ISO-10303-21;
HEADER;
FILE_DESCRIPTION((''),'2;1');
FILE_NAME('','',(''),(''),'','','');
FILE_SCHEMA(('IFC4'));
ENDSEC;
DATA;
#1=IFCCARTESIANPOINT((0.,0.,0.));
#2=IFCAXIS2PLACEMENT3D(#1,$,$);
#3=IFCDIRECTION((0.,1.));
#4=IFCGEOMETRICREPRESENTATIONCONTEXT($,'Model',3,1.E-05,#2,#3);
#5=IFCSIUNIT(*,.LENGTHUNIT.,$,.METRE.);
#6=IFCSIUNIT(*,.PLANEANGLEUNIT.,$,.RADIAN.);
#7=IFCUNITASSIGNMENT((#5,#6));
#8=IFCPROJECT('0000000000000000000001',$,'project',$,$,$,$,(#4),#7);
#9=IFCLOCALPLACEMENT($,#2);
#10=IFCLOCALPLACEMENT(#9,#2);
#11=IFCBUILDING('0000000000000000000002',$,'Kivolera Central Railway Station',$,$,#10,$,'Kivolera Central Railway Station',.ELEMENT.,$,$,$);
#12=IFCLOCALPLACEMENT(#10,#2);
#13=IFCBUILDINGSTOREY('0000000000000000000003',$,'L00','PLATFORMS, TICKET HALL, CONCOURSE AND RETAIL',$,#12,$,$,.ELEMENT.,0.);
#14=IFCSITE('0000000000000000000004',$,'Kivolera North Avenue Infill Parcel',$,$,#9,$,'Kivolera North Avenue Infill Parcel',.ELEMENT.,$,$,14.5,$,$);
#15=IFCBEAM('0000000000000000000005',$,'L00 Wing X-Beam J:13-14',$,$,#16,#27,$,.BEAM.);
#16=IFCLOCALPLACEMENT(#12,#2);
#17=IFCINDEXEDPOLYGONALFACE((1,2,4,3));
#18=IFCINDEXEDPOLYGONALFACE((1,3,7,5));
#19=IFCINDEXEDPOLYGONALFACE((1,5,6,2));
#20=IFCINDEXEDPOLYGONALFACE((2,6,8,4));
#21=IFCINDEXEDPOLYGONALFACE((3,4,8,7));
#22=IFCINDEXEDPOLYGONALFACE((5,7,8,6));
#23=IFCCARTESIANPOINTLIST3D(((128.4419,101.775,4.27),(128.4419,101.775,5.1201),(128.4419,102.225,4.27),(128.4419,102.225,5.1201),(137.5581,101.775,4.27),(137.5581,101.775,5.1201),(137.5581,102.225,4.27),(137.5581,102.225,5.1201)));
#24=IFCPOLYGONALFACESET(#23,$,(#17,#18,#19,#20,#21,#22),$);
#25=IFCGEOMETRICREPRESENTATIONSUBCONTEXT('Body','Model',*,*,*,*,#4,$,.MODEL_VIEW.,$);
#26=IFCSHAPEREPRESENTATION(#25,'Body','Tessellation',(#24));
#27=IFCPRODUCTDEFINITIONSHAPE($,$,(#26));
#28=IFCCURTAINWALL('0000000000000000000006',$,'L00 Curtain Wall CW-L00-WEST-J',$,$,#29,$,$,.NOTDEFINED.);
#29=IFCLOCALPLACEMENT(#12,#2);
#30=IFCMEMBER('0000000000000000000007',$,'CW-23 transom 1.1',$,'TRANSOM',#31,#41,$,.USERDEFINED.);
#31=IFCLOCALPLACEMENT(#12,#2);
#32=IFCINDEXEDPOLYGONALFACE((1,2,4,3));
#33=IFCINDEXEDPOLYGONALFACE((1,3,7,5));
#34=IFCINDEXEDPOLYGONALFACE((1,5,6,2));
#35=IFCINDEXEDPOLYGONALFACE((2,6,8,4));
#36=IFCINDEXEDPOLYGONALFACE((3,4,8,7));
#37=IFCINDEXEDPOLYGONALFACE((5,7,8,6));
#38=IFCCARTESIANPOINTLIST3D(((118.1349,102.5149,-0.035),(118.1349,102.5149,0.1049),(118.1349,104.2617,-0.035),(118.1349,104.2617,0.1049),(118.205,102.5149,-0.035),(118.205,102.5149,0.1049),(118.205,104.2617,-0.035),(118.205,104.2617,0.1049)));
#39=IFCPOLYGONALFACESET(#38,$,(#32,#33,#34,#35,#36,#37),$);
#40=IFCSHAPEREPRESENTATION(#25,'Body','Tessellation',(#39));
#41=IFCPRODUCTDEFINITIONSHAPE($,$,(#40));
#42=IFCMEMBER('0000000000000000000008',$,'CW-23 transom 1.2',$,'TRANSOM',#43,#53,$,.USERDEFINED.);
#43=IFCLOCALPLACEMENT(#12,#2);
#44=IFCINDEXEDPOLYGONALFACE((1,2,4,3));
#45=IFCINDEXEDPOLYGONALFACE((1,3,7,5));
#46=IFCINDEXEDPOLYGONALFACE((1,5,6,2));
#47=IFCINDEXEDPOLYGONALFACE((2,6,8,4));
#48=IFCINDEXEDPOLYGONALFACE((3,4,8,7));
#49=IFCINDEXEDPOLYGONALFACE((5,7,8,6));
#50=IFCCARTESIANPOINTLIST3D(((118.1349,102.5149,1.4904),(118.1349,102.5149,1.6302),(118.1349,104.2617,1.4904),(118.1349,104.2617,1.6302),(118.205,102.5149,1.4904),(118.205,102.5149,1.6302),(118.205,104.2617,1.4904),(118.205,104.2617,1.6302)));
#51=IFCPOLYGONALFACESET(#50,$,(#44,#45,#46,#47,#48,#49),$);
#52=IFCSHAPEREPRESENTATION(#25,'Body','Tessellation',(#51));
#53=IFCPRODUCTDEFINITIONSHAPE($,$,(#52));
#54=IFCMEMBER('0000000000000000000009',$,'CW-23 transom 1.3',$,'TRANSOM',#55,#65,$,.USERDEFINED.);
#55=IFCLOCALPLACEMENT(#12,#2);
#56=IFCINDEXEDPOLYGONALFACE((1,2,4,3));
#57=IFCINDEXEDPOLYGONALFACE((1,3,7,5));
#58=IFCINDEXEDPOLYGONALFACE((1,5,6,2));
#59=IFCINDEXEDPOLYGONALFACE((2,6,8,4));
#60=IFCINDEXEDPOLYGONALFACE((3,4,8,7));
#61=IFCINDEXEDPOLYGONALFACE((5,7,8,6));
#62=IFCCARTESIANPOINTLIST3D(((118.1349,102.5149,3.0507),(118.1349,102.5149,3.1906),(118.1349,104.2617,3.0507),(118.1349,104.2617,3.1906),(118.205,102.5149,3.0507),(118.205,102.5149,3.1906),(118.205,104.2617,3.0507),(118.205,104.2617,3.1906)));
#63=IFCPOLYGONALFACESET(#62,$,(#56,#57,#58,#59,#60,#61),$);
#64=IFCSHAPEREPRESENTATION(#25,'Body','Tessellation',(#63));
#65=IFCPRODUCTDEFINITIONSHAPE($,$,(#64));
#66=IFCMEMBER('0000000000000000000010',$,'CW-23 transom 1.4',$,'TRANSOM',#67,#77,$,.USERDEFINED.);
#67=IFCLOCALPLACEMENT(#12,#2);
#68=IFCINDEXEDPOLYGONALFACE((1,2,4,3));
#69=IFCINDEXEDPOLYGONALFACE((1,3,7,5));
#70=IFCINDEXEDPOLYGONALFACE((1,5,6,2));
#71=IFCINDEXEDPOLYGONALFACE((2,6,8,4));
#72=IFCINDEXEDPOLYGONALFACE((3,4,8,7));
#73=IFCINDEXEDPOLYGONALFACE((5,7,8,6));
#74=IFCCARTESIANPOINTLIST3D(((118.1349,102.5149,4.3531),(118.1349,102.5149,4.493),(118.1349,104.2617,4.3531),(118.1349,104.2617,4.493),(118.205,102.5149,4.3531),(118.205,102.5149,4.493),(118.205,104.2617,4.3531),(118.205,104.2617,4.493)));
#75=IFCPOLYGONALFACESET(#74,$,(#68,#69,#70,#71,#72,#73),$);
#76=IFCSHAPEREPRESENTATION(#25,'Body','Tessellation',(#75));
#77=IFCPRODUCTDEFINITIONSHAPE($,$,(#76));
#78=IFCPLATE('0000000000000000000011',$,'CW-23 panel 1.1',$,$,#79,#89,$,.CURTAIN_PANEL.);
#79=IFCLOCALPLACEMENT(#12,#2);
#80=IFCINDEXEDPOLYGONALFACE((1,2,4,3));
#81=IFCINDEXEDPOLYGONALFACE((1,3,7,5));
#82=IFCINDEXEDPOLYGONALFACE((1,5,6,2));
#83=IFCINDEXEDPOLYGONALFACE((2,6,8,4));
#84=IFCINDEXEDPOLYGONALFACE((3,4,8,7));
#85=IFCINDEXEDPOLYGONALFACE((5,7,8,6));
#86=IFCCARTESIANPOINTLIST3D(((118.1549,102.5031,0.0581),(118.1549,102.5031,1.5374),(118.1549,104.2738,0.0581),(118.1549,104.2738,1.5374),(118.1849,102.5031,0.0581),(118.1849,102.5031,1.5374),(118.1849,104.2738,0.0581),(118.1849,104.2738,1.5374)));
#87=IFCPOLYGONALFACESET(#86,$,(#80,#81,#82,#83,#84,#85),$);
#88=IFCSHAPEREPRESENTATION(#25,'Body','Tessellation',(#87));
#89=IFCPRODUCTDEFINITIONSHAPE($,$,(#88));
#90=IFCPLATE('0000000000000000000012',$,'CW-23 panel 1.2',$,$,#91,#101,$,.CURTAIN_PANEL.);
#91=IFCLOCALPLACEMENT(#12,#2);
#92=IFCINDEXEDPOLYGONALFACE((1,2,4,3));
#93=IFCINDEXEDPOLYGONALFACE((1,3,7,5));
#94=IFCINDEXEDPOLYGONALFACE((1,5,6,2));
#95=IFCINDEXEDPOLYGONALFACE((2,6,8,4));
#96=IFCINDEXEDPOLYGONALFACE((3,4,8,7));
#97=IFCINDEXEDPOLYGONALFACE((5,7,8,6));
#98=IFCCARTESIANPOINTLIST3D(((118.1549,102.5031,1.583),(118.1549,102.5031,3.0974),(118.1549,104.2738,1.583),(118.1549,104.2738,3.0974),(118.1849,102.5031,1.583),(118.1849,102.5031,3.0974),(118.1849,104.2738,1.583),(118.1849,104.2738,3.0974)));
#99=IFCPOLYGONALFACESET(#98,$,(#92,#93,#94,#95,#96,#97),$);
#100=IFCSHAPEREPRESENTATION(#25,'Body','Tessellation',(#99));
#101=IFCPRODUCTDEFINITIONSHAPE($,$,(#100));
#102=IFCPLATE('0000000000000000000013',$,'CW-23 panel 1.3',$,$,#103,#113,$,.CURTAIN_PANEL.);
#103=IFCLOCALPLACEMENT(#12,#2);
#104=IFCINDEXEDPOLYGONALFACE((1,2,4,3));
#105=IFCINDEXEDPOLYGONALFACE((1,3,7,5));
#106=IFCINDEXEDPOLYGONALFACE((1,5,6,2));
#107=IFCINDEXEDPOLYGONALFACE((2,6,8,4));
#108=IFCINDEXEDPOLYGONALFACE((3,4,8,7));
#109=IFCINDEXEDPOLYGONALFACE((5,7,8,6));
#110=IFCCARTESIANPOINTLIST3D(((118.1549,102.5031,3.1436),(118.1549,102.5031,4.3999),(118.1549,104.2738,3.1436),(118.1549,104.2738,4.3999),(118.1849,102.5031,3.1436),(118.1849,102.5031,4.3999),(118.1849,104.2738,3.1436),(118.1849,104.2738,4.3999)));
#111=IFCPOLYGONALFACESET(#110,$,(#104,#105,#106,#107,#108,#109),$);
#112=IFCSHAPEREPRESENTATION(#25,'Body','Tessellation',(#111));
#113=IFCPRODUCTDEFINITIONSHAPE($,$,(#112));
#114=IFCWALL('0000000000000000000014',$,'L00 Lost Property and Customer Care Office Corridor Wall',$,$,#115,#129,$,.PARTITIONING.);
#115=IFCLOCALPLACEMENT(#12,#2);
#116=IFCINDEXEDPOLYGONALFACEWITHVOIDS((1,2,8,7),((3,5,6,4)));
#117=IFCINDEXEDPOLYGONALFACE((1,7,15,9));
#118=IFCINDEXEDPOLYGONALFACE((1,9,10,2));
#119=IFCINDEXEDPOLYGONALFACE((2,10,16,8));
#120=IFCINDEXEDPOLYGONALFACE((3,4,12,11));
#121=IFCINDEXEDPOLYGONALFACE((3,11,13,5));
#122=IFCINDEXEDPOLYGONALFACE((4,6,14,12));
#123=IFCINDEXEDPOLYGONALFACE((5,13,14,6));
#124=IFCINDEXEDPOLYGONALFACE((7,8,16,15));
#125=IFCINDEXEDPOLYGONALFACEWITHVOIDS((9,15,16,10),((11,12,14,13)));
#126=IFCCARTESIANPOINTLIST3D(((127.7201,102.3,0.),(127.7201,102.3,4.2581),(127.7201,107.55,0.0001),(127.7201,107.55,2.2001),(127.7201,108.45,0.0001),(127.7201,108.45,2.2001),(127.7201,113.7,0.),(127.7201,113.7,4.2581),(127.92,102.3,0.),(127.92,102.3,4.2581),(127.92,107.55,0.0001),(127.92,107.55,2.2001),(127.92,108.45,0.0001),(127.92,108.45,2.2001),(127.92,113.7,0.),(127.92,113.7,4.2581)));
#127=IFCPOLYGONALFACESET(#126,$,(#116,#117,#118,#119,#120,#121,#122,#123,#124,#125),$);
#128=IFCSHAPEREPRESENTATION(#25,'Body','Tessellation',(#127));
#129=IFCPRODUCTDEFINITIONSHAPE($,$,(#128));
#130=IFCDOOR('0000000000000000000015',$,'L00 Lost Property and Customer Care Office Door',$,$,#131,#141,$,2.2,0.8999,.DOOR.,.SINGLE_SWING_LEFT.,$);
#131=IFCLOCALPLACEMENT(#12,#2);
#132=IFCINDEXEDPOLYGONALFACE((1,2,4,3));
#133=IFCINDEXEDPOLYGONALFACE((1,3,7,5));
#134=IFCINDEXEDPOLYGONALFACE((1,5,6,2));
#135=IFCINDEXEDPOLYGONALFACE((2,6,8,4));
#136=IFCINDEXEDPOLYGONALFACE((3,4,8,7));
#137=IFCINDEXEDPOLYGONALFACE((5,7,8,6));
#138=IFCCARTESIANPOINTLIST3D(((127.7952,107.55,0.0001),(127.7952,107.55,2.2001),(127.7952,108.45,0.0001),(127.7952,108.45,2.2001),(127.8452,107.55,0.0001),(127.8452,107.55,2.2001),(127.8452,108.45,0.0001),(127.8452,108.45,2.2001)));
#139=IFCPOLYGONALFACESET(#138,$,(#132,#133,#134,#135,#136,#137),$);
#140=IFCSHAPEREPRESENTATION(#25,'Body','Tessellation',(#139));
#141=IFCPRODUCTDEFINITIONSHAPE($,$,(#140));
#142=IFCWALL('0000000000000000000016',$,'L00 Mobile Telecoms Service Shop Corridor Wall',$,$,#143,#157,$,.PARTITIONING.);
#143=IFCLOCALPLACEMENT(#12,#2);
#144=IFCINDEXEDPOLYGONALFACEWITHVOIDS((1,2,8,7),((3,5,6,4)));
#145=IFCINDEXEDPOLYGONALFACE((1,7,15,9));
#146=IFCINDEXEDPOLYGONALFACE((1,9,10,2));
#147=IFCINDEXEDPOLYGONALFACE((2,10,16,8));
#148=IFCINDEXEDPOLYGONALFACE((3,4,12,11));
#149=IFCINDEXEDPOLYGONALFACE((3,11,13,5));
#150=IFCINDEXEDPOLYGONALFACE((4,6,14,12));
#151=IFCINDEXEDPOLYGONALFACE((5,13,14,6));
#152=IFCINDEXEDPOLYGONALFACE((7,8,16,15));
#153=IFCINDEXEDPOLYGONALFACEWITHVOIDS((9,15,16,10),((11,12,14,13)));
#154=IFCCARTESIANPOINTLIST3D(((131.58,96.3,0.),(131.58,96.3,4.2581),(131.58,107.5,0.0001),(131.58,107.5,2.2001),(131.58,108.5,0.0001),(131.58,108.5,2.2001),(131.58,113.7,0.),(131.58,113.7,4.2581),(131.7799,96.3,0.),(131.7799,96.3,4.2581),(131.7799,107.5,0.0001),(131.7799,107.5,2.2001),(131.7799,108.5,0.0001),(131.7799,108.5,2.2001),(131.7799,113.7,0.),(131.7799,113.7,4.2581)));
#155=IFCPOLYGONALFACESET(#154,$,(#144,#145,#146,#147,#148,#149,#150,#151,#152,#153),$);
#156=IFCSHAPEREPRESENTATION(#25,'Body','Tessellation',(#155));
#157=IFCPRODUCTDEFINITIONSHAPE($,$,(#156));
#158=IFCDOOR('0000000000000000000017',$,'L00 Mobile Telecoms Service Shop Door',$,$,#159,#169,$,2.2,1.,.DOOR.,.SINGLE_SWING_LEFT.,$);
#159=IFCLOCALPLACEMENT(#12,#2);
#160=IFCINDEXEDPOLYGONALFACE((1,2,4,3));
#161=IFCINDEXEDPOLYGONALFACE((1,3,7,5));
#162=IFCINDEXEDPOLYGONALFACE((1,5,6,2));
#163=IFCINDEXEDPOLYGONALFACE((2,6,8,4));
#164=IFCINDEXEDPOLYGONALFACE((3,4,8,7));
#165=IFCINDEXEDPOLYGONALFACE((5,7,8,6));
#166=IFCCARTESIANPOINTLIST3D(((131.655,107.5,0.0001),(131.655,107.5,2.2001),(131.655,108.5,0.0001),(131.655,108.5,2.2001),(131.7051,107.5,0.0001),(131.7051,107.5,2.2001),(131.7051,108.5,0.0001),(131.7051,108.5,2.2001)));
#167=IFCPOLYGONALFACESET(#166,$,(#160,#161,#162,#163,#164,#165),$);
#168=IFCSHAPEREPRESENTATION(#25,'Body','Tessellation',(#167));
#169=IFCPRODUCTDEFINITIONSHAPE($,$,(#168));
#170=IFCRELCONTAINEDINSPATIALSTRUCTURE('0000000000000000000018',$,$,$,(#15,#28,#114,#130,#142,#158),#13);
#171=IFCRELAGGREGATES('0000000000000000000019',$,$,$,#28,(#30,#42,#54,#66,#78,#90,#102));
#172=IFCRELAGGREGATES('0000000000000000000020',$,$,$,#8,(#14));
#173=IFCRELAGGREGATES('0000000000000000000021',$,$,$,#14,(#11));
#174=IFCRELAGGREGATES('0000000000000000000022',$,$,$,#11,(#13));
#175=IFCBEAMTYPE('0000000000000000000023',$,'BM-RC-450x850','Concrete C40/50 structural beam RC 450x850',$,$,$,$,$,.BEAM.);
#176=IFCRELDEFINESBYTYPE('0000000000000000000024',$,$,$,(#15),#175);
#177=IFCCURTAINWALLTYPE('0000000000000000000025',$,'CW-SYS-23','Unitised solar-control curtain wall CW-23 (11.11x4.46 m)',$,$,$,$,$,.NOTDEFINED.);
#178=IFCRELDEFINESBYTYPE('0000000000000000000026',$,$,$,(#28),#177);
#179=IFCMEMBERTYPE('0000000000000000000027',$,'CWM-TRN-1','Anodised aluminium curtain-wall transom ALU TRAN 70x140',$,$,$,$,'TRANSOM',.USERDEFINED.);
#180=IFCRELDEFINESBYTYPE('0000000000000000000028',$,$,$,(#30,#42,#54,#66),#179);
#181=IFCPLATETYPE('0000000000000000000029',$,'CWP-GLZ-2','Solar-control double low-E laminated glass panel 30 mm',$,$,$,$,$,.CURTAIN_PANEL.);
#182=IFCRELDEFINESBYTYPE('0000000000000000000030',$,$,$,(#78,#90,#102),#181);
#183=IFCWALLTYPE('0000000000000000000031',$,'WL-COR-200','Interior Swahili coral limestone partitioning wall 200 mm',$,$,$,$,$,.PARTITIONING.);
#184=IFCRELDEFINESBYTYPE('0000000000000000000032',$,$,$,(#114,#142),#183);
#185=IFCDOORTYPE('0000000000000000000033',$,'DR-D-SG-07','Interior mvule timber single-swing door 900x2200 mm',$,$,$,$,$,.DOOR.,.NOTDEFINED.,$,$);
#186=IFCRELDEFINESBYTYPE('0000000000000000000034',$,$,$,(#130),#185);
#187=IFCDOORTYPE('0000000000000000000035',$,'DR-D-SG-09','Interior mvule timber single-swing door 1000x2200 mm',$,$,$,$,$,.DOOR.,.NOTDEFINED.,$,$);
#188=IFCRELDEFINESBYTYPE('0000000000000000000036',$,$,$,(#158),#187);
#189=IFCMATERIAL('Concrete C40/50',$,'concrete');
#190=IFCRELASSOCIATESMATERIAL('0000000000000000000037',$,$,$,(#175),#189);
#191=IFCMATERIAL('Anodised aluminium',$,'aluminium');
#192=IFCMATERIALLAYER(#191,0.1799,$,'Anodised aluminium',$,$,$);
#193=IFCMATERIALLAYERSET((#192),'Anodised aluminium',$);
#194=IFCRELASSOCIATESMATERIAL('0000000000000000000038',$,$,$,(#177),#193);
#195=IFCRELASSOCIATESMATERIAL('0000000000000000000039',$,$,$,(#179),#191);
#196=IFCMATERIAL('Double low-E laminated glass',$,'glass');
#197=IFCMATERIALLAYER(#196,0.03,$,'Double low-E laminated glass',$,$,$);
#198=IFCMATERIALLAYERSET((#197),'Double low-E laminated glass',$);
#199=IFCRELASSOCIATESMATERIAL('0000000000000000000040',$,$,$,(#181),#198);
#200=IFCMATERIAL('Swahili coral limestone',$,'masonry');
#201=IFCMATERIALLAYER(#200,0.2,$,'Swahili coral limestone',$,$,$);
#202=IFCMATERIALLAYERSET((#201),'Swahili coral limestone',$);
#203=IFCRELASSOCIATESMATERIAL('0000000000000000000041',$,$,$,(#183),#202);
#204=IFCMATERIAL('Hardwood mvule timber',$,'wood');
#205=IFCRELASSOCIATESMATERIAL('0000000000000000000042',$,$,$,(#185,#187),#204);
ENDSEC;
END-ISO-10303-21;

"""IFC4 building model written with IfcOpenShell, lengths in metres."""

from ifc_helpers import new_model, si_unit, direction, frame, frame_2d, origin, origin_2d, place, context, subcontext, project, spatial, rectangle, extrude, material, layer, layer_set, material_profile, profile_set, type_object, element, fill, aggregate, save


model = new_model("IFC4")

# Units and contexts
model_context = context("Model", 3, precision=1e-05, world=origin(), true_north=direction((0.0, 1.0)))
body_context = subcontext(model_context, "Body", "Model", "MODEL_VIEW")
ifc_project = project(units=[si_unit("LENGTHUNIT", "METRE"), si_unit("PLANEANGLEUNIT", "RADIAN")], contexts=[model_context])

# Site, building, storey
site_placement = place(None, origin())
site = spatial("IfcSite", under=ifc_project, at=site_placement, Name="Kivolera North Avenue Infill Parcel", LongName="Kivolera North Avenue Infill Parcel", CompositionType="ELEMENT", RefElevation=14.5)
building_placement = place(site_placement, origin())
building = spatial("IfcBuilding", under=site, at=building_placement, Name="Kivolera Central Railway Station", LongName="Kivolera Central Railway Station", CompositionType="ELEMENT")
storey_placement = place(building_placement, origin())
storey = spatial("IfcBuildingStorey", under=building, at=storey_placement, Name="L00", Description="PLATFORMS, TICKET HALL, CONCOURSE AND RETAIL", CompositionType="ELEMENT", Elevation=0.0)

# Shared definitions
ifc_material_1 = material(Name="Concrete C40/50", Category="concrete")

# Beam
ifc_material_profile_1 = material_profile(ifc_material_1, rectangle(XDim=0.45, YDim=0.8501, at=origin_2d()), Name="RC 450x850")
ifc_profile_set_1 = profile_set([ifc_material_profile_1], Name="Concrete C40/50")
beam_type_1 = type_object("IfcBeamType", Name="BM-RC-450x850", Description="Concrete C40/50 structural beam RC 450x850", PredefinedType="BEAM", material=ifc_profile_set_1)
for number, where, z_axis, x_axis, name in (
    (1, (128.4419, 102.0, 4.6951), (1.0, 0.0, 0.0), (0.0, 1.0, 0.0), "L00 Wing X-Beam J:13-14"),
):
    element("IfcBeam", number, at=place(storey_placement, frame(where, z_axis=z_axis, x_axis=x_axis)), inside=storey, type_object=beam_type_1, Name=name, PredefinedType="BEAM", context=body_context, shape_type="SweptSolid", body=[
        extrude(rectangle(XDim=0.45, YDim=0.8501, at=origin_2d()), origin(), (0.0, 0.0, 1.0), 9.1162),
    ])

# Curtain wall, members, plates
ifc_material_2 = material(Name="Anodised aluminium", Category="aluminium")
ifc_layer_1 = layer(ifc_material_2, 0.1799, Name="Anodised aluminium")
ifc_layer_set_1 = layer_set([ifc_layer_1], Name="Anodised aluminium")
curtain_wall_type = type_object("IfcCurtainWallType", Name="CW-SYS-23", Description="Unitised solar-control curtain wall CW-23 (11.11x4.46 m)", PredefinedType="NOTDEFINED", material=ifc_layer_set_1)
curtain_wall_placement = place(storey_placement, origin())
curtain_wall = element("IfcCurtainWall", 2, at=curtain_wall_placement, inside=storey, type_object=curtain_wall_type, Name="L00 Curtain Wall CW-L00-WEST-J", PredefinedType="NOTDEFINED")
ifc_material_profile_2 = material_profile(ifc_material_2, rectangle(XDim=0.0701, YDim=0.1399, at=origin_2d()), Name="ALU TRAN 70x140")
ifc_profile_set_2 = profile_set([ifc_material_profile_2], Name="Anodised aluminium")
member_type = type_object("IfcMemberType", Name="CWM-TRN-1", Description="Anodised aluminium curtain-wall transom ALU TRAN 70x140", ElementType="TRANSOM", PredefinedType="USERDEFINED", material=ifc_profile_set_2)
member_1_placement = place(storey_placement, frame((118.1699, 102.5149, 0.0349), z_axis=(0.0, 1.0, 0.0), x_axis=(-1.0, 0.0, 0.0)))
member_1 = element("IfcMember", 3, at=member_1_placement, type_object=member_type, Name="CW-23 transom 1.1", ObjectType="TRANSOM", PredefinedType="USERDEFINED", context=body_context, shape_type="SweptSolid", body=[
    extrude(rectangle(XDim=0.0701, YDim=0.1399, at=origin_2d()), origin(), (0.0, 0.0, 1.0), 1.7468),
])
member_2_placement = place(storey_placement, frame((118.1699, 102.5149, 1.5603), z_axis=(0.0, 1.0, 0.0), x_axis=(-1.0, 0.0, 0.0)))
member_2 = element("IfcMember", 4, at=member_2_placement, type_object=member_type, Name="CW-23 transom 1.2", ObjectType="TRANSOM", PredefinedType="USERDEFINED", context=body_context, shape_type="SweptSolid", body=[
    extrude(rectangle(XDim=0.0701, YDim=0.1399, at=origin_2d()), origin(), (0.0, 0.0, 1.0), 1.7468),
])
member_3_placement = place(storey_placement, frame((118.1699, 102.5149, 3.1206), z_axis=(0.0, 1.0, 0.0), x_axis=(-1.0, 0.0, 0.0)))
member_3 = element("IfcMember", 5, at=member_3_placement, type_object=member_type, Name="CW-23 transom 1.3", ObjectType="TRANSOM", PredefinedType="USERDEFINED", context=body_context, shape_type="SweptSolid", body=[
    extrude(rectangle(XDim=0.0701, YDim=0.1399, at=origin_2d()), origin(), (0.0, 0.0, 1.0), 1.7468),
])
member_4_placement = place(storey_placement, frame((118.1699, 102.5149, 4.4231), z_axis=(0.0, 1.0, 0.0), x_axis=(-1.0, 0.0, 0.0)))
member_4 = element("IfcMember", 6, at=member_4_placement, type_object=member_type, Name="CW-23 transom 1.4", ObjectType="TRANSOM", PredefinedType="USERDEFINED", context=body_context, shape_type="SweptSolid", body=[
    extrude(rectangle(XDim=0.0701, YDim=0.1399, at=origin_2d()), origin(), (0.0, 0.0, 1.0), 1.7468),
])
ifc_material_3 = material(Name="Double low-E laminated glass", Category="glass")
ifc_layer_2 = layer(ifc_material_3, 0.03, Name="Double low-E laminated glass")
ifc_layer_set_2 = layer_set([ifc_layer_2], Name="Double low-E laminated glass")
plate_type = type_object("IfcPlateType", Name="CWP-GLZ-2", Description="Solar-control double low-E laminated glass panel 30 mm", PredefinedType="CURTAIN_PANEL", material=ifc_layer_set_2)
plate_1_placement = place(storey_placement, frame((118.1699, 103.3884, 0.0581), z_axis=(0.0, 0.0, 1.0), x_axis=(0.0, 1.0, 0.0)))
plate_1 = element("IfcPlate", 7, at=plate_1_placement, type_object=plate_type, Name="CW-23 panel 1.1", PredefinedType="CURTAIN_PANEL", context=body_context, shape_type="SweptSolid", body=[
    extrude(rectangle(XDim=1.7708, YDim=0.03, at=origin_2d()), origin(), (0.0, 0.0, 1.0), 1.4792),
])
plate_2_placement = place(storey_placement, frame((118.1699, 103.3884, 1.583), z_axis=(0.0, 0.0, 1.0), x_axis=(0.0, 1.0, 0.0)))
plate_2 = element("IfcPlate", 8, at=plate_2_placement, type_object=plate_type, Name="CW-23 panel 1.2", PredefinedType="CURTAIN_PANEL", context=body_context, shape_type="SweptSolid", body=[
    extrude(rectangle(XDim=1.7708, YDim=0.03, at=origin_2d()), origin(), (0.0, 0.0, 1.0), 1.5144),
])
plate_3_placement = place(storey_placement, frame((118.1699, 103.3884, 3.1436), z_axis=(0.0, 0.0, 1.0), x_axis=(0.0, 1.0, 0.0)))
plate_3 = element("IfcPlate", 9, at=plate_3_placement, type_object=plate_type, Name="CW-23 panel 1.3", PredefinedType="CURTAIN_PANEL", context=body_context, shape_type="SweptSolid", body=[
    extrude(rectangle(XDim=1.7708, YDim=0.03, at=origin_2d()), origin(), (0.0, 0.0, 1.0), 1.2563),
])
aggregate(curtain_wall, [member_1, member_2, member_3, member_4, plate_1, plate_2, plate_3])

# Walls, openings, doors
ifc_material_4 = material(Name="Swahili coral limestone", Category="masonry")
ifc_layer_3 = layer(ifc_material_4, 0.2, Name="Swahili coral limestone")
ifc_layer_set_3 = layer_set([ifc_layer_3], Name="Swahili coral limestone")
wall_type_1 = type_object("IfcWallType", Name="WL-COR-200", Description="Interior Swahili coral limestone partitioning wall 200 mm", PredefinedType="PARTITIONING", material=ifc_layer_set_3)
wall_1_placement = place(storey_placement, frame((127.8201, 102.3, 0.0), z_axis=(0.0, 0.0, 1.0), x_axis=(0.0, 1.0, 0.0)))
wall_1 = element("IfcWall", 10, at=wall_1_placement, inside=storey, type_object=wall_type_1, Name="L00 Lost Property and Customer Care Office Corridor Wall", PredefinedType="PARTITIONING", context=body_context, shape_type="SweptSolid", body=[
    extrude(rectangle(XDim=11.3999, YDim=0.2, at=frame_2d((5.7, 0.0))), origin(), (0.0, 0.0, 1.0), 4.2581),
])
opening_1_placement = place(wall_1_placement, frame((5.25, 0.0, 0.0)))
opening_1 = element("IfcOpeningElement", 11, at=opening_1_placement, cuts=wall_1, PredefinedType="OPENING", context=body_context, shape_type="SweptSolid", body=[
    extrude(rectangle(XDim=0.8999, YDim=2.2, at=frame_2d((0.45, 1.1001))), frame((0.0, 0.1099, 0.0), z_axis=(0.0, -1.0, 0.0), x_axis=(1.0, 0.0, 0.0)), (0.0, 0.0, 1.0), 0.22),
])
ifc_material_5 = material(Name="Hardwood mvule timber", Category="wood")
door_type_1 = type_object("IfcDoorType", Name="DR-D-SG-07", Description="Interior mvule timber single-swing door 900x2200 mm", OperationType="NOTDEFINED", PredefinedType="DOOR", material=ifc_material_5)
door_1_placement = place(opening_1_placement, origin())
door_1 = element("IfcDoor", 12, at=door_1_placement, inside=storey, type_object=door_type_1, Name="L00 Lost Property and Customer Care Office Door", OperationType="SINGLE_SWING_LEFT", OverallHeight=2.2, OverallWidth=0.8999, PredefinedType="DOOR", context=body_context, shape_type="SweptSolid", body=[
    extrude(rectangle(XDim=0.8999, YDim=2.2, at=frame_2d((0.45, 1.1001))), frame((0.0, 0.0249, 0.0), z_axis=(0.0, -1.0, 0.0), x_axis=(1.0, 0.0, 0.0)), (0.0, 0.0, 1.0), 0.05),
])
fill(opening_1, door_1)
wall_2_placement = place(storey_placement, frame((131.6799, 96.3, 0.0), z_axis=(0.0, 0.0, 1.0), x_axis=(0.0, 1.0, 0.0)))
wall_2 = element("IfcWall", 13, at=wall_2_placement, inside=storey, type_object=wall_type_1, Name="L00 Mobile Telecoms Service Shop Corridor Wall", PredefinedType="PARTITIONING", context=body_context, shape_type="SweptSolid", body=[
    extrude(rectangle(XDim=17.3999, YDim=0.2, at=frame_2d((8.7, 0.0))), origin(), (0.0, 0.0, 1.0), 4.2581),
])
opening_2_placement = place(wall_2_placement, frame((11.2, 0.0, 0.0)))
opening_2 = element("IfcOpeningElement", 14, at=opening_2_placement, cuts=wall_2, PredefinedType="OPENING", context=body_context, shape_type="SweptSolid", body=[
    extrude(rectangle(XDim=1.0, YDim=2.2, at=frame_2d((0.5, 1.1001))), frame((0.0, 0.1099, 0.0), z_axis=(0.0, -1.0, 0.0), x_axis=(1.0, 0.0, 0.0)), (0.0, 0.0, 1.0), 0.22),
])
door_type_2 = type_object("IfcDoorType", Name="DR-D-SG-09", Description="Interior mvule timber single-swing door 1000x2200 mm", OperationType="NOTDEFINED", PredefinedType="DOOR", material=ifc_material_5)
door_2_placement = place(opening_2_placement, origin())
door_2 = element("IfcDoor", 15, at=door_2_placement, inside=storey, type_object=door_type_2, Name="L00 Mobile Telecoms Service Shop Door", OperationType="SINGLE_SWING_LEFT", OverallHeight=2.2, OverallWidth=1.0, PredefinedType="DOOR", context=body_context, shape_type="SweptSolid", body=[
    extrude(rectangle(XDim=1.0, YDim=2.2, at=frame_2d((0.5, 1.1001))), frame((0.0, 0.0249, 0.0), z_axis=(0.0, -1.0, 0.0), x_axis=(1.0, 0.0, 0.0)), (0.0, 0.0, 1.0), 0.05),
])
fill(opening_2, door_2)

save(model, "model.ifc")
